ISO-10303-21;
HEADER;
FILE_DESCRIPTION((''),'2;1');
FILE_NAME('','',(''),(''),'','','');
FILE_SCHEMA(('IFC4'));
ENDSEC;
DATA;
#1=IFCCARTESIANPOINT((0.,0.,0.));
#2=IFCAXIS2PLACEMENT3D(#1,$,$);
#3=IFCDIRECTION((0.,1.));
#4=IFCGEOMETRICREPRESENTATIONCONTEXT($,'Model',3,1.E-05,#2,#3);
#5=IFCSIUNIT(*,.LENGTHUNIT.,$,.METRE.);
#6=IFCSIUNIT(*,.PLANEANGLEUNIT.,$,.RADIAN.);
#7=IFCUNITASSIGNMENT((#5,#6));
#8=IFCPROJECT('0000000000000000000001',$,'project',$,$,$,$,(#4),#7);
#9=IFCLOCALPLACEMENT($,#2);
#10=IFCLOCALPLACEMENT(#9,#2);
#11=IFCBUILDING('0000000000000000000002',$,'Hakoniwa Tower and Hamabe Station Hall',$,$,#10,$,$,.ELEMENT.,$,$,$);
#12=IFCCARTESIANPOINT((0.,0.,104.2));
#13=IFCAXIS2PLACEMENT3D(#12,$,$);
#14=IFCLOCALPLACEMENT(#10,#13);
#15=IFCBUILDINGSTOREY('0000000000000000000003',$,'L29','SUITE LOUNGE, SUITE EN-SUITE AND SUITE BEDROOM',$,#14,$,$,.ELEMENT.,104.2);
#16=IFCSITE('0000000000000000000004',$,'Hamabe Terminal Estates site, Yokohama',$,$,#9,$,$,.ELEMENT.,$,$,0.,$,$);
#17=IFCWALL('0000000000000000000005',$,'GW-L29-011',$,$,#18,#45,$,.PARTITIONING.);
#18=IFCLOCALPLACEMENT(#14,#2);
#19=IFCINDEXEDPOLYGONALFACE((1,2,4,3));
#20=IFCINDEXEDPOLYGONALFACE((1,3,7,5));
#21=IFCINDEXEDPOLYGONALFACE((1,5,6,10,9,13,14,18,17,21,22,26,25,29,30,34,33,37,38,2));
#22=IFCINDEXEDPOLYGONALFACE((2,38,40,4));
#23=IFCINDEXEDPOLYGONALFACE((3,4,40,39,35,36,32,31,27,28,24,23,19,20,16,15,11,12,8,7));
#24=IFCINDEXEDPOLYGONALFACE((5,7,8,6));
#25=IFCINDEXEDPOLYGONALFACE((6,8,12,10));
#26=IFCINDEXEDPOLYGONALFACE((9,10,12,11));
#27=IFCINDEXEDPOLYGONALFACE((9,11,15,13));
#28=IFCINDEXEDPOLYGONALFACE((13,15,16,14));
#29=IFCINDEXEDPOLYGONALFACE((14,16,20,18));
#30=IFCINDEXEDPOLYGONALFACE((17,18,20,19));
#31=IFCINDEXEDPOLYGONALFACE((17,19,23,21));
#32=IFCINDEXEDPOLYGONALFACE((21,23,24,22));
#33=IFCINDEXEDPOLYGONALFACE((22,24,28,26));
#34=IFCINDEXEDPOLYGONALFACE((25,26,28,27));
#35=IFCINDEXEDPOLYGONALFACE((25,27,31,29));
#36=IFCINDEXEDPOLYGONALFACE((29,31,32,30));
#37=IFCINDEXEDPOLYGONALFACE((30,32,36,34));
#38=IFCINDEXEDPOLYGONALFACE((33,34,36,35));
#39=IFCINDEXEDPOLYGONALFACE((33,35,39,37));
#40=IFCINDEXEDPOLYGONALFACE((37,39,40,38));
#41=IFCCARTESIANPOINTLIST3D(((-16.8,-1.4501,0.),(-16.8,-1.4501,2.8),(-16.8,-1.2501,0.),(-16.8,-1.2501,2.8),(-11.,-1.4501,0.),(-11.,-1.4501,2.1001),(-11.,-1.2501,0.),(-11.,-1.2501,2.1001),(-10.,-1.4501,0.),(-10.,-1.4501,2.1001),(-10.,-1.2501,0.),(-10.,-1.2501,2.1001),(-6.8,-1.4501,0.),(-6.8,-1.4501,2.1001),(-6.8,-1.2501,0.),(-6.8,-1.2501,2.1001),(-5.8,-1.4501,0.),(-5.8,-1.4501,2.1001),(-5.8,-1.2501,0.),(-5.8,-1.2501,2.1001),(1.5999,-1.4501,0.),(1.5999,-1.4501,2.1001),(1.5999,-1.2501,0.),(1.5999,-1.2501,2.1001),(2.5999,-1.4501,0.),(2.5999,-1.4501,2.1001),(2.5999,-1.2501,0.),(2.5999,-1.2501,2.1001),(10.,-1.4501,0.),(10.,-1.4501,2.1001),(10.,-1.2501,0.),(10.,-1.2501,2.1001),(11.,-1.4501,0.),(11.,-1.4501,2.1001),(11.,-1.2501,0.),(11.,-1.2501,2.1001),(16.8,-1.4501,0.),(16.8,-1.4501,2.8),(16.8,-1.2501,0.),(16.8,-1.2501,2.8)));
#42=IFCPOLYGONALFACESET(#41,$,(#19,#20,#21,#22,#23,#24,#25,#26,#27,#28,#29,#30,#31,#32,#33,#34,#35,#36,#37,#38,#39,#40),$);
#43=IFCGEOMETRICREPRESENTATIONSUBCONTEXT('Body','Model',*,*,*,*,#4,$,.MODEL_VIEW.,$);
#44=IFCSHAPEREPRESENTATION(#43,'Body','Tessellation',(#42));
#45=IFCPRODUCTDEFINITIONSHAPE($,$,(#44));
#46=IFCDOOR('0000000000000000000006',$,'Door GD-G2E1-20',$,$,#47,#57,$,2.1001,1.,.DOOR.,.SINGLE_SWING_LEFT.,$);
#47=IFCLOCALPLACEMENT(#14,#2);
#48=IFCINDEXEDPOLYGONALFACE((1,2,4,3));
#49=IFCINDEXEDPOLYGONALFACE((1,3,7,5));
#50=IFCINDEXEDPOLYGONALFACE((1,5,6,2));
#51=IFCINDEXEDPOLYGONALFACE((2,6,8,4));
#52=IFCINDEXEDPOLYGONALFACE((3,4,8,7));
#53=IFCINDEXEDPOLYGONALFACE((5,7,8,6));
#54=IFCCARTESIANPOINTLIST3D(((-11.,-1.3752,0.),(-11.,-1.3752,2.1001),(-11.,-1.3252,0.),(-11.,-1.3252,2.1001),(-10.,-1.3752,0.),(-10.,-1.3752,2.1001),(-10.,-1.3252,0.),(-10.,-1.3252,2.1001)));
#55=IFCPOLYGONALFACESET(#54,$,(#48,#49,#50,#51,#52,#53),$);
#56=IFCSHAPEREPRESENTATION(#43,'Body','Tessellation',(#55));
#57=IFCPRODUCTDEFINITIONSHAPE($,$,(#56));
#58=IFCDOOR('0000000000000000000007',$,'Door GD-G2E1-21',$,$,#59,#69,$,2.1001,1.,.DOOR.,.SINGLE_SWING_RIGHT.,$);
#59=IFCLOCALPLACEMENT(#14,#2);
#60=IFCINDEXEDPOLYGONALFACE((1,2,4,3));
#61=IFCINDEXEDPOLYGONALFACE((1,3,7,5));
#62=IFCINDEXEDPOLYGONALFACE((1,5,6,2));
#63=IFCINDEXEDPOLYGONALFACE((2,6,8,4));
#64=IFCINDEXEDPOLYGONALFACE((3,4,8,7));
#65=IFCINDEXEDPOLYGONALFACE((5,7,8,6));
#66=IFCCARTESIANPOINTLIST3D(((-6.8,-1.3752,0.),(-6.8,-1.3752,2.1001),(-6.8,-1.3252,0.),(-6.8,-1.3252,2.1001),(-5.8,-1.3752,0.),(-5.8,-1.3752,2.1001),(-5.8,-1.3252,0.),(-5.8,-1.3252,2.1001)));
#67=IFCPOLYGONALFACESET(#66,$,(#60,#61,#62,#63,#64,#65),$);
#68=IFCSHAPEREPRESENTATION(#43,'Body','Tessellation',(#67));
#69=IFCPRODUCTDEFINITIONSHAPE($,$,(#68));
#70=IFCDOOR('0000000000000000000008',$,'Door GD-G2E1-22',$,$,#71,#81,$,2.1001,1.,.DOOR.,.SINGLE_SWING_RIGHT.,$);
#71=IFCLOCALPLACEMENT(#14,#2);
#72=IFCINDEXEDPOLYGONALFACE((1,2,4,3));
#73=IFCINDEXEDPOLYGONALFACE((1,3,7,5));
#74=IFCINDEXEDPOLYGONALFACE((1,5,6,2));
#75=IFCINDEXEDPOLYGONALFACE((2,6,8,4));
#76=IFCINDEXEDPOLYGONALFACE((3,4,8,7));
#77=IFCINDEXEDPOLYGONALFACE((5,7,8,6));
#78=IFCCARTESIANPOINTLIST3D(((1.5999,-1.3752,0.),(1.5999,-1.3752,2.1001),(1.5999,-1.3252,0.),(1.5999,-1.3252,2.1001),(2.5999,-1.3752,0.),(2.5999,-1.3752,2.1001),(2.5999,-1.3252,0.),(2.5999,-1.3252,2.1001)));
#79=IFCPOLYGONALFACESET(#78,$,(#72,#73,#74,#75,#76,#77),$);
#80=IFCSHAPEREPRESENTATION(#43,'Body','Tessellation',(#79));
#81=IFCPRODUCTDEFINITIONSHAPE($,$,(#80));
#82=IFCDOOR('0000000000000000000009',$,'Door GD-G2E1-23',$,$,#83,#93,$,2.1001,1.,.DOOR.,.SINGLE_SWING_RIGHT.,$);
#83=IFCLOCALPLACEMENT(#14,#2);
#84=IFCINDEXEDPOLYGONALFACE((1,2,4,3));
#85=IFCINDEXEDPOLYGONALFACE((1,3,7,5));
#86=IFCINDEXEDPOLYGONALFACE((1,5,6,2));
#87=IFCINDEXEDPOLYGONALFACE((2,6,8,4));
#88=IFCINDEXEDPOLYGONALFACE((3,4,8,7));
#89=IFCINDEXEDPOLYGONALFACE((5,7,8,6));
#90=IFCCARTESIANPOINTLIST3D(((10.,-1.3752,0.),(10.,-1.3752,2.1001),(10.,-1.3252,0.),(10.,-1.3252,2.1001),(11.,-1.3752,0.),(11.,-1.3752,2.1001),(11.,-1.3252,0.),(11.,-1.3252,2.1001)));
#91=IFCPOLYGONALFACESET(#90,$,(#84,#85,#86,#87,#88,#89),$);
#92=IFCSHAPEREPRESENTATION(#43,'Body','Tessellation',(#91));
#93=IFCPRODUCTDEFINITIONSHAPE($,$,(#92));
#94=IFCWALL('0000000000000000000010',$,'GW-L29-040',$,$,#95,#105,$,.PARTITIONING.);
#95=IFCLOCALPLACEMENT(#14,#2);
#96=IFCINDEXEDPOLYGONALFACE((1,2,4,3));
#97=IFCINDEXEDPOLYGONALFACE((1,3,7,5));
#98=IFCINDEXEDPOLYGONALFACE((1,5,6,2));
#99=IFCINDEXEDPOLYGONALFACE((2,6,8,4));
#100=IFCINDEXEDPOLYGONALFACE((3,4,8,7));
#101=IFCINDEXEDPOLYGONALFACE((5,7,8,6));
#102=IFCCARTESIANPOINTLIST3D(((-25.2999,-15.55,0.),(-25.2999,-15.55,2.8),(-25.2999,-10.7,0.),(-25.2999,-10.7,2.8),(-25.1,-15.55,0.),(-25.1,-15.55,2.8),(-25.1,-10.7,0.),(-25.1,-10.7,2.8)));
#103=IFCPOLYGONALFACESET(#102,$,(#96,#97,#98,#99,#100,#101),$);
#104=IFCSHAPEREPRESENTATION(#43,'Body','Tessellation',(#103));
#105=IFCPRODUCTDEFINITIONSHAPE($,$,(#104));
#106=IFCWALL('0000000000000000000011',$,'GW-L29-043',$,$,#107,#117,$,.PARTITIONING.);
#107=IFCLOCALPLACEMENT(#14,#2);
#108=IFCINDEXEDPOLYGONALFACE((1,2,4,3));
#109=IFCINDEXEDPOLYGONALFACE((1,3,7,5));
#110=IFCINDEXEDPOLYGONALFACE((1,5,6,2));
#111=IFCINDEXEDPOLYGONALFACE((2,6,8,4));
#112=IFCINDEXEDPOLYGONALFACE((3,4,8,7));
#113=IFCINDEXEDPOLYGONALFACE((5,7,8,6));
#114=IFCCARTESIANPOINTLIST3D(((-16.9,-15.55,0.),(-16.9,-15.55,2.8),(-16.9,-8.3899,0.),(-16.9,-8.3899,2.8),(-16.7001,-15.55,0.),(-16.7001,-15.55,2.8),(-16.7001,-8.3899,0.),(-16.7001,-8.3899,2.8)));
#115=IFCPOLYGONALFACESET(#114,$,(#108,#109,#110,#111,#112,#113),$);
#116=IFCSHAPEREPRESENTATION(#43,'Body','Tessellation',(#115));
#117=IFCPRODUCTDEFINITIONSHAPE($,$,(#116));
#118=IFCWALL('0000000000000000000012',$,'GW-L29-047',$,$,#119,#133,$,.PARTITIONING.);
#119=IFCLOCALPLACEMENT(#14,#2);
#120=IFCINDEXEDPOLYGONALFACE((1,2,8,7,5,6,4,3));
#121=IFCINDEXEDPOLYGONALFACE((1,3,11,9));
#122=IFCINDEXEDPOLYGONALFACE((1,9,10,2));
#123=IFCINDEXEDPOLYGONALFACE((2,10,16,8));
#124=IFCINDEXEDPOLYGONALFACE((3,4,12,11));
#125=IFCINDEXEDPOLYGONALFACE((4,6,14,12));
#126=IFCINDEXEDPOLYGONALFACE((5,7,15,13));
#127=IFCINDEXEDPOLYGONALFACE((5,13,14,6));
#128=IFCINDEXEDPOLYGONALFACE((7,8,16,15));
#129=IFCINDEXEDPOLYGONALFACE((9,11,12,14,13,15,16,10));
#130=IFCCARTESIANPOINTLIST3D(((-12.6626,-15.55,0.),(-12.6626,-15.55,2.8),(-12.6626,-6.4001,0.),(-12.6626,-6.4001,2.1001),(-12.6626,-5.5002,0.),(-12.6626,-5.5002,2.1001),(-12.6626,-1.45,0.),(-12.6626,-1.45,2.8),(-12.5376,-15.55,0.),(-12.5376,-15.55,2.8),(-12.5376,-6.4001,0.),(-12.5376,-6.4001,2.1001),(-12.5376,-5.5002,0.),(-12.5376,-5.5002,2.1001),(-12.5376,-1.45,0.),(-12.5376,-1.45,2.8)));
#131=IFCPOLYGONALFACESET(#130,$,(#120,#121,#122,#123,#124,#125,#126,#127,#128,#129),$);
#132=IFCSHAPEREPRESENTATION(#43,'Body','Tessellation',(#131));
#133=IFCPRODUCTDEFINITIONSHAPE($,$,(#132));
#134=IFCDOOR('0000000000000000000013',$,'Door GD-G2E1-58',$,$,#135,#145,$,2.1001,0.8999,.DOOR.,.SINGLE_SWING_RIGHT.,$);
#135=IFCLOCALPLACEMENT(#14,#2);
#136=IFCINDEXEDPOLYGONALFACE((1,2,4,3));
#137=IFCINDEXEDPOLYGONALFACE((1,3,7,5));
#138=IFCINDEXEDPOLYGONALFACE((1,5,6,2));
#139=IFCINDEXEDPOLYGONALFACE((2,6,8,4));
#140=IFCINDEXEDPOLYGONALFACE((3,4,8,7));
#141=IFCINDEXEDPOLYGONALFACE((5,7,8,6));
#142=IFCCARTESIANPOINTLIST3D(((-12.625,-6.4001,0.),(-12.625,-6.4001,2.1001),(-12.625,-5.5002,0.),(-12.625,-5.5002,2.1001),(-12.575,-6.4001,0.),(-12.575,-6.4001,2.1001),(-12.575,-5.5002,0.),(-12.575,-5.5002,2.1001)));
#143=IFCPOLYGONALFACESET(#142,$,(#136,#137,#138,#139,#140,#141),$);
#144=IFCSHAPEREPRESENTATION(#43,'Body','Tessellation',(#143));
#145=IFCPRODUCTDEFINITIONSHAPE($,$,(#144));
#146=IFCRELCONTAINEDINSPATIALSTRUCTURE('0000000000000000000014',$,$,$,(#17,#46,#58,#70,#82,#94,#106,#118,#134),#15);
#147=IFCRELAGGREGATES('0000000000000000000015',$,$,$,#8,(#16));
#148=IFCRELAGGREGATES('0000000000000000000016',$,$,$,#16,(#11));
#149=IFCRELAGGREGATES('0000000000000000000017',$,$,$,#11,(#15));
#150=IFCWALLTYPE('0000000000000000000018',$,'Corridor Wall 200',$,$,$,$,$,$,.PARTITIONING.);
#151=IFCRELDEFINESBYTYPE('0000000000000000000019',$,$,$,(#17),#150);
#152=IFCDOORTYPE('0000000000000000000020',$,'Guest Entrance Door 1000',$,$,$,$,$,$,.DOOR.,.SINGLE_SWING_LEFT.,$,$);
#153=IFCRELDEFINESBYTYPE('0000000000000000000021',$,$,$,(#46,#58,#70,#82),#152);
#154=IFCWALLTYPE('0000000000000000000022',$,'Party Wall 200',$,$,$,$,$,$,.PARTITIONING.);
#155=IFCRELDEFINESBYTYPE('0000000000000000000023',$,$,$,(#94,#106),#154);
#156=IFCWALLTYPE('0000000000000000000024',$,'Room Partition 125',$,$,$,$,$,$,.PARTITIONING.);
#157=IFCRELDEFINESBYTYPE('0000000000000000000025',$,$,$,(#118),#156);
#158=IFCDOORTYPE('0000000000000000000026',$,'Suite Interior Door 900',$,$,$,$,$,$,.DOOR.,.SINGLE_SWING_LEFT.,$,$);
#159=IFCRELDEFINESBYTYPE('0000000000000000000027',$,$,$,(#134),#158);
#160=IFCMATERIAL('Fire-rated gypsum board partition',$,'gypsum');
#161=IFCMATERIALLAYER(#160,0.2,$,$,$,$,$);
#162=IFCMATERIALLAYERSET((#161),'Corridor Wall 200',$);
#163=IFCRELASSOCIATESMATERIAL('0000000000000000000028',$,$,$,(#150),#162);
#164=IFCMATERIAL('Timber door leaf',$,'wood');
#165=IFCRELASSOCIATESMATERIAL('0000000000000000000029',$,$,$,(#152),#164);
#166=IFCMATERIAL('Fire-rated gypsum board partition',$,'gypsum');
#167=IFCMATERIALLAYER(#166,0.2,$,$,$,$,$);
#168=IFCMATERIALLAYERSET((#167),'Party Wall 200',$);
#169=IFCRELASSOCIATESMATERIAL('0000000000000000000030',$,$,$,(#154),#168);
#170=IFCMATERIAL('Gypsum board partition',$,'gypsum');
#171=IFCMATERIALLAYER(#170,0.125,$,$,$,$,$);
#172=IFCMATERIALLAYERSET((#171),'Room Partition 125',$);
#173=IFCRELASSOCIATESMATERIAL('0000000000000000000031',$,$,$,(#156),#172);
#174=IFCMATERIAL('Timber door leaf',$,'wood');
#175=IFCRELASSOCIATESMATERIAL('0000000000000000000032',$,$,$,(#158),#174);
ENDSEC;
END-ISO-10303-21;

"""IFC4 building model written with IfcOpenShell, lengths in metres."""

from ifc_helpers import new_model, si_unit, direction, frame, frame_2d, origin, place, context, subcontext, project, spatial, rectangle, extrude, material, layer, layer_set, type_object, element, fill, save


model = new_model("IFC4")

# Units and contexts
model_context = context("Model", 3, precision=1e-05, world=origin(), true_north=direction((0.0, 1.0)))
body_context = subcontext(model_context, "Body", "Model", "MODEL_VIEW")
ifc_project = project(units=[si_unit("LENGTHUNIT", "METRE"), si_unit("PLANEANGLEUNIT", "RADIAN")], contexts=[model_context])

# Site, building, storey
site_placement = place(None, origin())
site = spatial("IfcSite", under=ifc_project, at=site_placement, Name="Hamabe Terminal Estates site, Yokohama", CompositionType="ELEMENT", RefElevation=0.0)
building_placement = place(site_placement, origin())
building = spatial("IfcBuilding", under=site, at=building_placement, Name="Hakoniwa Tower and Hamabe Station Hall", CompositionType="ELEMENT")
storey_placement = place(building_placement, frame((0.0, 0.0, 104.2)))
storey = spatial("IfcBuildingStorey", under=building, at=storey_placement, Name="L29", Description="SUITE LOUNGE, SUITE EN-SUITE AND SUITE BEDROOM", CompositionType="ELEMENT", Elevation=104.2)

# Wall, openings, doors
ifc_material_1 = material(Name="Fire-rated gypsum board partition", Category="gypsum")
ifc_layer_1 = layer(ifc_material_1, 0.2)
ifc_layer_set_1 = layer_set([ifc_layer_1], Name="Corridor Wall 200")
wall_type_1 = type_object("IfcWallType", Name="Corridor Wall 200", PredefinedType="PARTITIONING", material=ifc_layer_set_1)
wall_1_placement = place(storey_placement, frame((-16.8, -1.3501, 0.0), z_axis=(0.0, 0.0, 1.0), x_axis=(1.0, 0.0, 0.0)))
wall_1 = element("IfcWall", 1, at=wall_1_placement, inside=storey, type_object=wall_type_1, Name="GW-L29-011", PredefinedType="PARTITIONING", context=body_context, shape_type="SweptSolid", body=[
    extrude(rectangle(XDim=33.6001, YDim=0.2, at=frame_2d((16.8, 0.0))), origin(), (0.0, 0.0, 1.0), 2.8),
])
opening_1_placement = place(wall_1_placement, frame((5.8, 0.0, 0.0)))
opening_1 = element("IfcOpeningElement", 2, at=opening_1_placement, cuts=wall_1, PredefinedType="OPENING", context=body_context, shape_type="SweptSolid", body=[
    extrude(rectangle(XDim=1.0, YDim=2.1001, at=frame_2d((0.5, 1.05))), frame((0.0, 0.1099, 0.0), z_axis=(0.0, -1.0, 0.0), x_axis=(1.0, 0.0, 0.0)), (0.0, 0.0, 1.0), 0.22),
])
opening_2_placement = place(wall_1_placement, frame((10.0, 0.0, 0.0)))
opening_2 = element("IfcOpeningElement", 3, at=opening_2_placement, cuts=wall_1, PredefinedType="OPENING", context=body_context, shape_type="SweptSolid", body=[
    extrude(rectangle(XDim=1.0, YDim=2.1001, at=frame_2d((0.5, 1.05))), frame((0.0, 0.1099, 0.0), z_axis=(0.0, -1.0, 0.0), x_axis=(1.0, 0.0, 0.0)), (0.0, 0.0, 1.0), 0.22),
])
opening_3_placement = place(wall_1_placement, frame((18.3999, 0.0, 0.0)))
opening_3 = element("IfcOpeningElement", 4, at=opening_3_placement, cuts=wall_1, PredefinedType="OPENING", context=body_context, shape_type="SweptSolid", body=[
    extrude(rectangle(XDim=1.0, YDim=2.1001, at=frame_2d((0.5, 1.05))), frame((0.0, 0.1099, 0.0), z_axis=(0.0, -1.0, 0.0), x_axis=(1.0, 0.0, 0.0)), (0.0, 0.0, 1.0), 0.22),
])
opening_4_placement = place(wall_1_placement, frame((26.8, 0.0, 0.0)))
opening_4 = element("IfcOpeningElement", 5, at=opening_4_placement, cuts=wall_1, PredefinedType="OPENING", context=body_context, shape_type="SweptSolid", body=[
    extrude(rectangle(XDim=1.0, YDim=2.1001, at=frame_2d((0.5, 1.05))), frame((0.0, 0.1099, 0.0), z_axis=(0.0, -1.0, 0.0), x_axis=(1.0, 0.0, 0.0)), (0.0, 0.0, 1.0), 0.22),
])
ifc_material_2 = material(Name="Timber door leaf", Category="wood")
door_type_1 = type_object("IfcDoorType", Name="Guest Entrance Door 1000", OperationType="SINGLE_SWING_LEFT", PredefinedType="DOOR", material=ifc_material_2)
door_1_placement = place(opening_1_placement, origin())
door_1 = element("IfcDoor", 6, at=door_1_placement, inside=storey, type_object=door_type_1, Name="Door GD-G2E1-20", OperationType="SINGLE_SWING_LEFT", OverallHeight=2.1001, OverallWidth=1.0, PredefinedType="DOOR", context=body_context, shape_type="SweptSolid", body=[
    extrude(rectangle(XDim=1.0, YDim=2.1001, at=frame_2d((0.5, 1.05))), frame((0.0, 0.0249, 0.0), z_axis=(0.0, -1.0, 0.0), x_axis=(1.0, 0.0, 0.0)), (0.0, 0.0, 1.0), 0.05),
])
fill(opening_1, door_1)
door_2_placement = place(opening_2_placement, origin())
door_2 = element("IfcDoor", 7, at=door_2_placement, inside=storey, type_object=door_type_1, Name="Door GD-G2E1-21", OperationType="SINGLE_SWING_RIGHT", OverallHeight=2.1001, OverallWidth=1.0, PredefinedType="DOOR", context=body_context, shape_type="SweptSolid", body=[
    extrude(rectangle(XDim=1.0, YDim=2.1001, at=frame_2d((0.5, 1.05))), frame((0.0, 0.0249, 0.0), z_axis=(0.0, -1.0, 0.0), x_axis=(1.0, 0.0, 0.0)), (0.0, 0.0, 1.0), 0.05),
])
fill(opening_2, door_2)
door_3_placement = place(opening_3_placement, origin())
door_3 = element("IfcDoor", 8, at=door_3_placement, inside=storey, type_object=door_type_1, Name="Door GD-G2E1-22", OperationType="SINGLE_SWING_RIGHT", OverallHeight=2.1001, OverallWidth=1.0, PredefinedType="DOOR", context=body_context, shape_type="SweptSolid", body=[
    extrude(rectangle(XDim=1.0, YDim=2.1001, at=frame_2d((0.5, 1.05))), frame((0.0, 0.0249, 0.0), z_axis=(0.0, -1.0, 0.0), x_axis=(1.0, 0.0, 0.0)), (0.0, 0.0, 1.0), 0.05),
])
fill(opening_3, door_3)
door_4_placement = place(opening_4_placement, origin())
door_4 = element("IfcDoor", 9, at=door_4_placement, inside=storey, type_object=door_type_1, Name="Door GD-G2E1-23", OperationType="SINGLE_SWING_RIGHT", OverallHeight=2.1001, OverallWidth=1.0, PredefinedType="DOOR", context=body_context, shape_type="SweptSolid", body=[
    extrude(rectangle(XDim=1.0, YDim=2.1001, at=frame_2d((0.5, 1.05))), frame((0.0, 0.0249, 0.0), z_axis=(0.0, -1.0, 0.0), x_axis=(1.0, 0.0, 0.0)), (0.0, 0.0, 1.0), 0.05),
])
fill(opening_4, door_4)

# Walls
ifc_material_3 = material(Name="Fire-rated gypsum board partition", Category="gypsum")
ifc_layer_2 = layer(ifc_material_3, 0.2)
ifc_layer_set_2 = layer_set([ifc_layer_2], Name="Party Wall 200")
wall_type_2 = type_object("IfcWallType", Name="Party Wall 200", PredefinedType="PARTITIONING", material=ifc_layer_set_2)
wall_2_placement = place(storey_placement, frame((-25.2, -15.55, 0.0), z_axis=(0.0, 0.0, 1.0), x_axis=(0.0, 1.0, 0.0)))
element("IfcWall", 10, at=wall_2_placement, inside=storey, type_object=wall_type_2, Name="GW-L29-040", PredefinedType="PARTITIONING", context=body_context, shape_type="SweptSolid", body=[
    extrude(rectangle(XDim=4.8501, YDim=0.2, at=frame_2d((2.425, 0.0))), origin(), (0.0, 0.0, 1.0), 2.8),
])
wall_3_placement = place(storey_placement, frame((-16.8, -15.55, 0.0), z_axis=(0.0, 0.0, 1.0), x_axis=(0.0, 1.0, 0.0)))
element("IfcWall", 11, at=wall_3_placement, inside=storey, type_object=wall_type_2, Name="GW-L29-043", PredefinedType="PARTITIONING", context=body_context, shape_type="SweptSolid", body=[
    extrude(rectangle(XDim=7.1602, YDim=0.2, at=frame_2d((3.5801, 0.0))), origin(), (0.0, 0.0, 1.0), 2.8),
])

# Wall, opening, door
ifc_material_4 = material(Name="Gypsum board partition", Category="gypsum")
ifc_layer_3 = layer(ifc_material_4, 0.125)
ifc_layer_set_3 = layer_set([ifc_layer_3], Name="Room Partition 125")
wall_type_3 = type_object("IfcWallType", Name="Room Partition 125", PredefinedType="PARTITIONING", material=ifc_layer_set_3)
wall_4_placement = place(storey_placement, frame((-12.6001, -15.55, 0.0), z_axis=(0.0, 0.0, 1.0), x_axis=(0.0, 1.0, 0.0)))
wall_4 = element("IfcWall", 12, at=wall_4_placement, inside=storey, type_object=wall_type_3, Name="GW-L29-047", PredefinedType="PARTITIONING", context=body_context, shape_type="SweptSolid", body=[
    extrude(rectangle(XDim=14.1001, YDim=0.125, at=frame_2d((7.05, 0.0))), origin(), (0.0, 0.0, 1.0), 2.8),
])
opening_5_placement = place(wall_4_placement, frame((9.1499, 0.0, 0.0)))
opening_5 = element("IfcOpeningElement", 13, at=opening_5_placement, cuts=wall_4, PredefinedType="OPENING", context=body_context, shape_type="SweptSolid", body=[
    extrude(rectangle(XDim=0.8999, YDim=2.1001, at=frame_2d((0.45, 1.05))), frame((0.0, 0.0725, 0.0), z_axis=(0.0, -1.0, 0.0), x_axis=(1.0, 0.0, 0.0)), (0.0, 0.0, 1.0), 0.145),
])
ifc_material_5 = material(Name="Timber door leaf", Category="wood")
door_type_2 = type_object("IfcDoorType", Name="Suite Interior Door 900", OperationType="SINGLE_SWING_LEFT", PredefinedType="DOOR", material=ifc_material_5)
door_5_placement = place(opening_5_placement, origin())
door_5 = element("IfcDoor", 14, at=door_5_placement, inside=storey, type_object=door_type_2, Name="Door GD-G2E1-58", OperationType="SINGLE_SWING_RIGHT", OverallHeight=2.1001, OverallWidth=0.8999, PredefinedType="DOOR", context=body_context, shape_type="SweptSolid", body=[
    extrude(rectangle(XDim=0.8999, YDim=2.1001, at=frame_2d((0.45, 1.05))), frame((0.0, 0.0249, 0.0), z_axis=(0.0, -1.0, 0.0), x_axis=(1.0, 0.0, 0.0)), (0.0, 0.0, 1.0), 0.05),
])
fill(opening_5, door_5)

save(model, "model.ifc")
